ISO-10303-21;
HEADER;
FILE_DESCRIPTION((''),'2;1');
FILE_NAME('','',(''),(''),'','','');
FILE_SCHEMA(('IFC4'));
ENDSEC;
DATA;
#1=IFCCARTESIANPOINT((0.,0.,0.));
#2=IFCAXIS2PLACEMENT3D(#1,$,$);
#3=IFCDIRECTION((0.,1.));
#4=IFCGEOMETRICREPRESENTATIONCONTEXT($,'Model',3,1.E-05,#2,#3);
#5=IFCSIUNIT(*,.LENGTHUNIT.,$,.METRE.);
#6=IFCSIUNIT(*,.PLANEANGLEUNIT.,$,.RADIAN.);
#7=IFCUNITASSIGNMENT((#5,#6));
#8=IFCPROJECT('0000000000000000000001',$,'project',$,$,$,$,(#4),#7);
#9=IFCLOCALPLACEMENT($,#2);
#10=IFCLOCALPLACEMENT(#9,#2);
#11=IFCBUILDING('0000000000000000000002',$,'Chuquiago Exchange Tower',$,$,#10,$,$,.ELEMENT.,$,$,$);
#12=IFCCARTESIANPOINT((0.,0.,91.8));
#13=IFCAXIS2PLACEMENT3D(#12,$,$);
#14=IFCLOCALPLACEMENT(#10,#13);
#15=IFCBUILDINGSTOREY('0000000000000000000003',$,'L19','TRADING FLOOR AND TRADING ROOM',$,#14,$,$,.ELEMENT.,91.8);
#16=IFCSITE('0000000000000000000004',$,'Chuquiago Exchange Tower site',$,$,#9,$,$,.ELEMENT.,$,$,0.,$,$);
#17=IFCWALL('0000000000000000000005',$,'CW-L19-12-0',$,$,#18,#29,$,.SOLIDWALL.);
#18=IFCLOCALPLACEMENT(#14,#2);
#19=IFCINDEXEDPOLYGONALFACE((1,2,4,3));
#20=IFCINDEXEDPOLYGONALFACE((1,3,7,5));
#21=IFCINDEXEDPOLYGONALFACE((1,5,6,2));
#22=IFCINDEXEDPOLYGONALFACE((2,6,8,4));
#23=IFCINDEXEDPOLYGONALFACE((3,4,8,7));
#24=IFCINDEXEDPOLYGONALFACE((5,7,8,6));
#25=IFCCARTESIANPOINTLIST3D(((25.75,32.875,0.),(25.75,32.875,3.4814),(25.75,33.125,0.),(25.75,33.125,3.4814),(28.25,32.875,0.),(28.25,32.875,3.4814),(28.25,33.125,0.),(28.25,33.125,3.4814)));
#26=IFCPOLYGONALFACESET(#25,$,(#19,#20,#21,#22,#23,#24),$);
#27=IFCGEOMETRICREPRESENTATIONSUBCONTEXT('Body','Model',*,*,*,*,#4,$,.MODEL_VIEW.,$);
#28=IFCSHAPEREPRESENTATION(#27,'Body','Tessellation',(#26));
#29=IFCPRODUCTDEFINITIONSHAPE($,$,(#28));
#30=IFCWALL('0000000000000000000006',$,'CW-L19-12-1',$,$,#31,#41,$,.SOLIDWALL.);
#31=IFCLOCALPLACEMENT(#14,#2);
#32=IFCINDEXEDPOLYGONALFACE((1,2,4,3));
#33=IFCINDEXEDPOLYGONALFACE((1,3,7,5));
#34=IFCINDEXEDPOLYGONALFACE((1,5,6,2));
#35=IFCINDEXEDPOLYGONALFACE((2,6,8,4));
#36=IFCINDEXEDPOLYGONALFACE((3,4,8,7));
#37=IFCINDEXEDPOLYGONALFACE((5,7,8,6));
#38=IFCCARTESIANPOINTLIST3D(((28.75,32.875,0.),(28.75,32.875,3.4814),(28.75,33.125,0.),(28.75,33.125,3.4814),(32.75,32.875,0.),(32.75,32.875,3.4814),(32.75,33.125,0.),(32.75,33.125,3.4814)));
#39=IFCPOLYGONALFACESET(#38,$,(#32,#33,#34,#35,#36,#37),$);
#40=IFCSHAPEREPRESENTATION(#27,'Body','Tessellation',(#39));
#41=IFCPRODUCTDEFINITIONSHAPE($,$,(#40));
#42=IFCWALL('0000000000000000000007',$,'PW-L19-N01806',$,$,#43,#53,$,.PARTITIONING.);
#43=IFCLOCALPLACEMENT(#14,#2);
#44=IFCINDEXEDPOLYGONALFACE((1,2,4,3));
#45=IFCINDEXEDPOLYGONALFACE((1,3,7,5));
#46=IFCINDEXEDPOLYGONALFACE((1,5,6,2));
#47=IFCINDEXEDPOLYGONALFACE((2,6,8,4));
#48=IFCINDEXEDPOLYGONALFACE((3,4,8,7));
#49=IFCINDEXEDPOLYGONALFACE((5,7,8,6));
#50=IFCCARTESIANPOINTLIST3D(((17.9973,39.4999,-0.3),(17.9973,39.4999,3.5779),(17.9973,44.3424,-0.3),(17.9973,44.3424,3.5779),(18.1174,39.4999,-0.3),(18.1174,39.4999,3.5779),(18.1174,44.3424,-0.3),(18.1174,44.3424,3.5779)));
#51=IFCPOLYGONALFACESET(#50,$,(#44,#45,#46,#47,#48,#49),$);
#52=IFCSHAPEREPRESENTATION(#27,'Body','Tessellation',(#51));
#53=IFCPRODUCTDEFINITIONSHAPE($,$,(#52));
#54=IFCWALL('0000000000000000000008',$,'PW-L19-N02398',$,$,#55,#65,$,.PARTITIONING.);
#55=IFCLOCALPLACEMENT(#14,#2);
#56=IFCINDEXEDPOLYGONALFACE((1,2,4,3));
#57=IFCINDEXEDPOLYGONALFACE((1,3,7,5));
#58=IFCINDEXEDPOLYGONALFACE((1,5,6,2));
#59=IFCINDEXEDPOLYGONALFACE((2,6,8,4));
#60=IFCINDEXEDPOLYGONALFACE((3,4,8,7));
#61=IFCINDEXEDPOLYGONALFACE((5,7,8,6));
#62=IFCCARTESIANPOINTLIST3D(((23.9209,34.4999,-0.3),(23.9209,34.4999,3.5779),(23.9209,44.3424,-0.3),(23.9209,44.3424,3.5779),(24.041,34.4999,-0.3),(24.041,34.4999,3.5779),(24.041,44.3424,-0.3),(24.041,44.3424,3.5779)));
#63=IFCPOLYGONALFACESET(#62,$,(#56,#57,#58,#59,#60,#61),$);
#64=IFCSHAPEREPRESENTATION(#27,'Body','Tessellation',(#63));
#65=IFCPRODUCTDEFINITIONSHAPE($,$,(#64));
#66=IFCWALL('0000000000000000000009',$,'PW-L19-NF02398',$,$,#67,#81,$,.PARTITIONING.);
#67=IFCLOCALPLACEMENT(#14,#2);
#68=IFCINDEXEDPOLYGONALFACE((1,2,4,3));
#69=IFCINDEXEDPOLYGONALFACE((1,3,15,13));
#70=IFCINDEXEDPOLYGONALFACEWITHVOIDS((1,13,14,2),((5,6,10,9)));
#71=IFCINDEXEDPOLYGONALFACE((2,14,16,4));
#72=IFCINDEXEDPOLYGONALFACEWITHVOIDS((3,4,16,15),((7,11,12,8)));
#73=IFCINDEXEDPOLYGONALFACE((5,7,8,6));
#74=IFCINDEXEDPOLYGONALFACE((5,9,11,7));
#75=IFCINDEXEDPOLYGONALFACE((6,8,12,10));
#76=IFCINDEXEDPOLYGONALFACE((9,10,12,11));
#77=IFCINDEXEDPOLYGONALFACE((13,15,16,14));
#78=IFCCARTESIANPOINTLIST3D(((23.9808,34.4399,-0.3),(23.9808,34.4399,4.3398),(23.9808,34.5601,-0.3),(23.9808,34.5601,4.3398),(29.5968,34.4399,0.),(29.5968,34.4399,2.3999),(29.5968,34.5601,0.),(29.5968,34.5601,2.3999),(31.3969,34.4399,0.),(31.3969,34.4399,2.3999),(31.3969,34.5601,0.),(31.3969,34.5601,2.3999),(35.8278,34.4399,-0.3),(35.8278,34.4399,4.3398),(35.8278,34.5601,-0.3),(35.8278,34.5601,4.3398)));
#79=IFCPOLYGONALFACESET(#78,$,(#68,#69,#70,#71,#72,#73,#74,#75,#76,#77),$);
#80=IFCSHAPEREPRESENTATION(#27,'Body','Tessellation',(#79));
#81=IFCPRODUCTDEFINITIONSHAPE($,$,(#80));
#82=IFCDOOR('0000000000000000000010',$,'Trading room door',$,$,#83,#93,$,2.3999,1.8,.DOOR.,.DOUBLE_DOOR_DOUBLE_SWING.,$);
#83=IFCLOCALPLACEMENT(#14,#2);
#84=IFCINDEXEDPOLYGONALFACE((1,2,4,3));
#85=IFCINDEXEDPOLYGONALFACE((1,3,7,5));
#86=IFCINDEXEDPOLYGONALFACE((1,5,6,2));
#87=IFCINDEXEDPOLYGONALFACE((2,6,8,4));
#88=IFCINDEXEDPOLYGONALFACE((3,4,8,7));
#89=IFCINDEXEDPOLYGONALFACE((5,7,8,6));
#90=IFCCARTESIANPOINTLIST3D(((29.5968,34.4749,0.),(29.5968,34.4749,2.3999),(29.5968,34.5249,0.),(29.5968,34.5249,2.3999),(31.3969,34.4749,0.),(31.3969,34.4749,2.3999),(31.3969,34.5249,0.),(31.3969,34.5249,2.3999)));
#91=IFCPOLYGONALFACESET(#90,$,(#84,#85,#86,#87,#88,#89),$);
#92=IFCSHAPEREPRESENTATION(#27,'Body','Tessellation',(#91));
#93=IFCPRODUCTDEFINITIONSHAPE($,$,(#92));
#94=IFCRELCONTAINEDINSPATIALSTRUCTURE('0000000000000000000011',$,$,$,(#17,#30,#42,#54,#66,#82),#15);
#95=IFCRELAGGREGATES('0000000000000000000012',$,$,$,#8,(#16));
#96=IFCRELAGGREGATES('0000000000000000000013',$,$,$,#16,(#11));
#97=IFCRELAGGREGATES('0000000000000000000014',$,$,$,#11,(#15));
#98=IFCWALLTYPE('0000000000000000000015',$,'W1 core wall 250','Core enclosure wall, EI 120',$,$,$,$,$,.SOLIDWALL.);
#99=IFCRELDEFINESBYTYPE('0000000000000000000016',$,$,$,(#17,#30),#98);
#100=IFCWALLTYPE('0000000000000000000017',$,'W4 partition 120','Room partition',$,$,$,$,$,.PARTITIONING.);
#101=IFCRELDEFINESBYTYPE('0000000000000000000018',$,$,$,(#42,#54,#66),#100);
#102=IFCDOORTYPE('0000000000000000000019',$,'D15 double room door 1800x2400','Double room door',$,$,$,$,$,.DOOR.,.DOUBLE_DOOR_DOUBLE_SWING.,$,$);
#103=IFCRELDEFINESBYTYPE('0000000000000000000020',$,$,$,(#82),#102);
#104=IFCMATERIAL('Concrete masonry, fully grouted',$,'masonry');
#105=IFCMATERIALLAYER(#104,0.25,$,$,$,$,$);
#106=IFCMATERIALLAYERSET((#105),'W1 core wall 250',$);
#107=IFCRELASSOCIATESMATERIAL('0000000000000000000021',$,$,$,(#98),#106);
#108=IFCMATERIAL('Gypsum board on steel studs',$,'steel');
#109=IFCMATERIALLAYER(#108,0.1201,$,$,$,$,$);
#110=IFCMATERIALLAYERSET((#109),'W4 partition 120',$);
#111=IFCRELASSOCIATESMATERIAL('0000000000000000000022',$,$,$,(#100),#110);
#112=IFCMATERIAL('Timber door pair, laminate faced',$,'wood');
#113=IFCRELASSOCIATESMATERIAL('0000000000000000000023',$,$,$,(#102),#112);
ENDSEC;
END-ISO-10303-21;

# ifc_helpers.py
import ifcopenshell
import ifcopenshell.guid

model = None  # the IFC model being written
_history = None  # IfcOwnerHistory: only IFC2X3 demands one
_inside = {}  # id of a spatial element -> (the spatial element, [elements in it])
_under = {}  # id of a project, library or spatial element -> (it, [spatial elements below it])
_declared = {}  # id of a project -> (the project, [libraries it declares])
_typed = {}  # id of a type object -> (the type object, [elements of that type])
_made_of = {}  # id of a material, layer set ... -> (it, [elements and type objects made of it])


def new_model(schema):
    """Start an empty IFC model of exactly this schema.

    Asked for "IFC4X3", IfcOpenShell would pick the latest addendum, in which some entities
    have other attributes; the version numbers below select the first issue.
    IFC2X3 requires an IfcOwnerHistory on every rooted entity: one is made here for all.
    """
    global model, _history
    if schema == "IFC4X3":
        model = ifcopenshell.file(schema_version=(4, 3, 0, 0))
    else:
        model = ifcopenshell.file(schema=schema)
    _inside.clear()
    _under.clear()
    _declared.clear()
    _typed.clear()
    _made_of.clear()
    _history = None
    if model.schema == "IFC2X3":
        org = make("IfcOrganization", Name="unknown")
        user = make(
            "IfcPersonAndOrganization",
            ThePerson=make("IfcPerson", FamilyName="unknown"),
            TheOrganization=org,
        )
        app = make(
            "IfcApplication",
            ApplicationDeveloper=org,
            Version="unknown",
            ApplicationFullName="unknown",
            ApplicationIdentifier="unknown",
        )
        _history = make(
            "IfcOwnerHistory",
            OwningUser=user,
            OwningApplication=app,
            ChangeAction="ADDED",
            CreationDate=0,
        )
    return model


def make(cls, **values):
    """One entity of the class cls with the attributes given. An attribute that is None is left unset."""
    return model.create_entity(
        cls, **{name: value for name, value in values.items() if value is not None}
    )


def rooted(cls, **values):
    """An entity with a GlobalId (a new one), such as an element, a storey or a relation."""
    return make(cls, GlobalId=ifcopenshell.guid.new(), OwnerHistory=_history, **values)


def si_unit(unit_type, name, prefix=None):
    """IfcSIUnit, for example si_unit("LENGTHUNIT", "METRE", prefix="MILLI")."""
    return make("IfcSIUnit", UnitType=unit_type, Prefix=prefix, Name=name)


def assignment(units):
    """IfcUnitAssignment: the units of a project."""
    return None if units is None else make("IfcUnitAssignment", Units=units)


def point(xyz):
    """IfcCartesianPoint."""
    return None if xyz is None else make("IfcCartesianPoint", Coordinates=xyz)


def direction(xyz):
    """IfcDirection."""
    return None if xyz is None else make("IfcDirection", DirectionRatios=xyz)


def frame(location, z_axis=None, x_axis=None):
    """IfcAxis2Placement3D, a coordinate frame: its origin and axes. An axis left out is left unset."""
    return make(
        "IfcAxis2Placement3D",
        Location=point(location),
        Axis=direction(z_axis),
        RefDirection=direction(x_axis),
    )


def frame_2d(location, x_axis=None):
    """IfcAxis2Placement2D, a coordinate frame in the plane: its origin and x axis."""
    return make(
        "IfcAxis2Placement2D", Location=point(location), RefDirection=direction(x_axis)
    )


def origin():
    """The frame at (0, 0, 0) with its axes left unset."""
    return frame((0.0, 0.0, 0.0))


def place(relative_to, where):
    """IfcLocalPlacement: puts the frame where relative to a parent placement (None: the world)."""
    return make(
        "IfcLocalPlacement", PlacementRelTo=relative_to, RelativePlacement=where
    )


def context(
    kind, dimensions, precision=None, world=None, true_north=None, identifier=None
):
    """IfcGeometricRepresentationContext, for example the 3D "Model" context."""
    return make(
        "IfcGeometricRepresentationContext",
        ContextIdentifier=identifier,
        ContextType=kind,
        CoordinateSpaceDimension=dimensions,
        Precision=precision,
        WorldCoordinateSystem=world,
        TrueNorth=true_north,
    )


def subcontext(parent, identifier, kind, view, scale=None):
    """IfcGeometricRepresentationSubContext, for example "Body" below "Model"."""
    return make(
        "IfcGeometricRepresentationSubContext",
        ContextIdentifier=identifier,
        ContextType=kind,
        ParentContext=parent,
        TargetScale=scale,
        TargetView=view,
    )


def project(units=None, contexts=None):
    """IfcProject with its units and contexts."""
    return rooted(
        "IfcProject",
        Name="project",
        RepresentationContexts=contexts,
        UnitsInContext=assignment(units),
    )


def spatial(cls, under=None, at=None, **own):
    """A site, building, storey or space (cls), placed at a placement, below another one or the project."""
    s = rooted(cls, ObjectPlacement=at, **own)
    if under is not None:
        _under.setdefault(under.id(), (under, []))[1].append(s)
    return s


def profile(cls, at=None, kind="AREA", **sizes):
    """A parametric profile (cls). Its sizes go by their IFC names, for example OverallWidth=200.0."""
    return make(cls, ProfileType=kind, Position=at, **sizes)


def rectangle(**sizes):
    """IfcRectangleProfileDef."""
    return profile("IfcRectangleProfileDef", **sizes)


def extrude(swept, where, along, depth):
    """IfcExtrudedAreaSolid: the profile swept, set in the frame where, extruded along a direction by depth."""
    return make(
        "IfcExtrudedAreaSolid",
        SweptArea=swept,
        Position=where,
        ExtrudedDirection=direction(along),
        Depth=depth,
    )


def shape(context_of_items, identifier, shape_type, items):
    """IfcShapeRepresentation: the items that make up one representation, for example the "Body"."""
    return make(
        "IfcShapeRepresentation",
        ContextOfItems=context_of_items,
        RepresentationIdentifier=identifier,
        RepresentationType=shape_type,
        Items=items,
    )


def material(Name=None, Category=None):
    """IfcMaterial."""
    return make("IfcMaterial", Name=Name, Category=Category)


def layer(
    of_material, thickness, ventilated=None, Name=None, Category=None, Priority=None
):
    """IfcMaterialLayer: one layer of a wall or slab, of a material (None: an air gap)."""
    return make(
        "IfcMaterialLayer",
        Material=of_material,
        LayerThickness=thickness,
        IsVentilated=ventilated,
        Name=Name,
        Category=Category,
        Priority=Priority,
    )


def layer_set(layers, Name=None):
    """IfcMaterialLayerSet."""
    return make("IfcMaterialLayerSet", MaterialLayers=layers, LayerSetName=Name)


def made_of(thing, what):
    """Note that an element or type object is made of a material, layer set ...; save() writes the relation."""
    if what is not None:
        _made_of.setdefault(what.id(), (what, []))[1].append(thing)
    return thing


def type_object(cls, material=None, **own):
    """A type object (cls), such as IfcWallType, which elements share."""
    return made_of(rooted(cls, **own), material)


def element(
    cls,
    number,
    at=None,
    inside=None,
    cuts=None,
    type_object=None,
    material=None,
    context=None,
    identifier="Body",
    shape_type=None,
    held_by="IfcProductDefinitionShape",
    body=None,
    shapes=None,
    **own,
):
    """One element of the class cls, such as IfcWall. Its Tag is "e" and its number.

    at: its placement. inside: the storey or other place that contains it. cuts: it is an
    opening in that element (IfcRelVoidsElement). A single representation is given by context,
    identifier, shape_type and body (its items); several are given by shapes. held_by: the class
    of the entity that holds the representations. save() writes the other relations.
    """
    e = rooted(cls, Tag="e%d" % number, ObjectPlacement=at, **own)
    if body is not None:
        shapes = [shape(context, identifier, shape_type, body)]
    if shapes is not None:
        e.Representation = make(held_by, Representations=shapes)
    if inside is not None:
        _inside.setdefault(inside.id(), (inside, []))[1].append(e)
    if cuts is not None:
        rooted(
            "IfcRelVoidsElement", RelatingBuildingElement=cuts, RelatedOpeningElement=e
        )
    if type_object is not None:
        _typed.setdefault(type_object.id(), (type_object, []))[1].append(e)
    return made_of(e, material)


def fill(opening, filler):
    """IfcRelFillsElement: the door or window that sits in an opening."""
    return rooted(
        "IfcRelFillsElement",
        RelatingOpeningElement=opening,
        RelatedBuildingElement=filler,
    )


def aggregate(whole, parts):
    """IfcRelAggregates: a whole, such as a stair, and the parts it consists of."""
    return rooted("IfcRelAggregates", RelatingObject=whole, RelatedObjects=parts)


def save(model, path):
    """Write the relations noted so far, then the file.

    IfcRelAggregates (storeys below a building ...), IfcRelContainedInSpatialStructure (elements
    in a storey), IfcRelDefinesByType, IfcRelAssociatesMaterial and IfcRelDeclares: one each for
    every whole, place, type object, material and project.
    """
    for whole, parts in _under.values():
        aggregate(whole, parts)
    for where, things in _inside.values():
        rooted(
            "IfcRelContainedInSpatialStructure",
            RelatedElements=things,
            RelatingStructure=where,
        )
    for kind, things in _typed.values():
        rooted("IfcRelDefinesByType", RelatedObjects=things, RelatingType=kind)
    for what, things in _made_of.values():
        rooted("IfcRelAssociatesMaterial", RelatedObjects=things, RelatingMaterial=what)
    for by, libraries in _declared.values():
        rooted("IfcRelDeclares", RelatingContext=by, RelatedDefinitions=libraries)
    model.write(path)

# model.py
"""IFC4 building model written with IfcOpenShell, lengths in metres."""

from ifc_helpers import new_model, si_unit, direction, frame, frame_2d, origin, place, context, subcontext, project, spatial, rectangle, extrude, material, layer, layer_set, type_object, element, fill, save


model = new_model("IFC4")

# Units and contexts
model_context = context("Model", 3, precision=1e-05, world=origin(), true_north=direction((0.0, 1.0)))
body_context = subcontext(model_context, "Body", "Model", "MODEL_VIEW")
ifc_project = project(units=[si_unit("LENGTHUNIT", "METRE"), si_unit("PLANEANGLEUNIT", "RADIAN")], contexts=[model_context])

# Site, building, storey
site_placement = place(None, origin())
site = spatial("IfcSite", under=ifc_project, at=site_placement, Name="Chuquiago Exchange Tower site", CompositionType="ELEMENT", RefElevation=0.0)
building_placement = place(site_placement, origin())
building = spatial("IfcBuilding", under=site, at=building_placement, Name="Chuquiago Exchange Tower", CompositionType="ELEMENT")
storey_placement = place(building_placement, frame((0.0, 0.0, 91.8)))
storey = spatial("IfcBuildingStorey", under=building, at=storey_placement, Name="L19", Description="TRADING FLOOR AND TRADING ROOM", CompositionType="ELEMENT", Elevation=91.8)

# Walls
ifc_material_1 = material(Name="Concrete masonry, fully grouted", Category="masonry")
ifc_layer_1 = layer(ifc_material_1, 0.25)
ifc_layer_set_1 = layer_set([ifc_layer_1], Name="W1 core wall 250")
wall_type_1 = type_object("IfcWallType", Name="W1 core wall 250", Description="Core enclosure wall, EI 120", PredefinedType="SOLIDWALL", material=ifc_layer_set_1)
wall_1_placement = place(storey_placement, frame((25.75, 33.0, 0.0), z_axis=(0.0, 0.0, 1.0), x_axis=(1.0, 0.0, 0.0)))
element("IfcWall", 1, at=wall_1_placement, inside=storey, type_object=wall_type_1, Name="CW-L19-12-0", PredefinedType="SOLIDWALL", context=body_context, shape_type="SweptSolid", body=[
    extrude(rectangle(XDim=2.5, YDim=0.25, at=frame_2d((1.25, 0.0))), origin(), (0.0, 0.0, 1.0), 3.4814),
])
wall_2_placement = place(storey_placement, frame((28.75, 33.0, 0.0), z_axis=(0.0, 0.0, 1.0), x_axis=(1.0, 0.0, 0.0)))
element("IfcWall", 2, at=wall_2_placement, inside=storey, type_object=wall_type_1, Name="CW-L19-12-1", PredefinedType="SOLIDWALL", context=body_context, shape_type="SweptSolid", body=[
    extrude(rectangle(XDim=4.0, YDim=0.25, at=frame_2d((2.0, 0.0))), origin(), (0.0, 0.0, 1.0), 3.4814),
])
ifc_material_2 = material(Name="Gypsum board on steel studs", Category="steel")
ifc_layer_2 = layer(ifc_material_2, 0.1201)
ifc_layer_set_2 = layer_set([ifc_layer_2], Name="W4 partition 120")
wall_type_2 = type_object("IfcWallType", Name="W4 partition 120", Description="Room partition", PredefinedType="PARTITIONING", material=ifc_layer_set_2)
wall_3_placement = place(storey_placement, frame((18.0574, 44.3425, -0.3), z_axis=(0.0, 0.0, 1.0), x_axis=(0.0, -1.0, 0.0)))
element("IfcWall", 3, at=wall_3_placement, inside=storey, type_object=wall_type_2, Name="PW-L19-N01806", PredefinedType="PARTITIONING", context=body_context, shape_type="SweptSolid", body=[
    extrude(rectangle(XDim=4.8425, YDim=0.1201, at=frame_2d((2.4214, 0.0))), origin(), (0.0, 0.0, 1.0), 3.8779),
])
wall_4_placement = place(storey_placement, frame((23.981, 44.3425, -0.3), z_axis=(0.0, 0.0, 1.0), x_axis=(0.0, -1.0, 0.0)))
element("IfcWall", 4, at=wall_4_placement, inside=storey, type_object=wall_type_2, Name="PW-L19-N02398", PredefinedType="PARTITIONING", context=body_context, shape_type="SweptSolid", body=[
    extrude(rectangle(XDim=9.8425, YDim=0.1201, at=frame_2d((4.9214, 0.0))), origin(), (0.0, 0.0, 1.0), 3.8779),
])

# Wall, opening, door
wall_5_placement = place(storey_placement, frame((23.981, 34.5, -0.3), z_axis=(0.0, 0.0, 1.0), x_axis=(1.0, 0.0, 0.0)))
wall_5 = element("IfcWall", 5, at=wall_5_placement, inside=storey, type_object=wall_type_2, Name="PW-L19-NF02398", PredefinedType="PARTITIONING", context=body_context, shape_type="SweptSolid", body=[
    extrude(rectangle(XDim=11.8469, YDim=0.1201, at=frame_2d((5.9233, 0.0))), origin(), (0.0, 0.0, 1.0), 4.6399),
])
opening_placement = place(wall_5_placement, frame((5.616, 0.0, 0.3)))
opening = element("IfcOpeningElement", 6, at=opening_placement, cuts=wall_5, PredefinedType="OPENING", context=body_context, shape_type="SweptSolid", body=[
    extrude(rectangle(XDim=1.8, YDim=2.3999, at=frame_2d((0.8999, 1.2))), frame((0.0, 0.0701, 0.0), z_axis=(0.0, -1.0, 0.0), x_axis=(1.0, 0.0, 0.0)), (0.0, 0.0, 1.0), 0.1401),
])
ifc_material_3 = material(Name="Timber door pair, laminate faced", Category="wood")
door_type = type_object("IfcDoorType", Name="D15 double room door 1800x2400", Description="Double room door", OperationType="DOUBLE_DOOR_DOUBLE_SWING", PredefinedType="DOOR", material=ifc_material_3)
door_placement = place(opening_placement, origin())
door = element("IfcDoor", 7, at=door_placement, inside=storey, type_object=door_type, Name="Trading room door", OperationType="DOUBLE_DOOR_DOUBLE_SWING", OverallHeight=2.3999, OverallWidth=1.8, PredefinedType="DOOR", context=body_context, shape_type="SweptSolid", body=[
    extrude(rectangle(XDim=1.8, YDim=2.3999, at=frame_2d((0.8999, 1.2))), frame((0.0, 0.0249, 0.0), z_axis=(0.0, -1.0, 0.0), x_axis=(1.0, 0.0, 0.0)), (0.0, 0.0, 1.0), 0.05),
])
fill(opening, door)

save(model, "model.ifc")
